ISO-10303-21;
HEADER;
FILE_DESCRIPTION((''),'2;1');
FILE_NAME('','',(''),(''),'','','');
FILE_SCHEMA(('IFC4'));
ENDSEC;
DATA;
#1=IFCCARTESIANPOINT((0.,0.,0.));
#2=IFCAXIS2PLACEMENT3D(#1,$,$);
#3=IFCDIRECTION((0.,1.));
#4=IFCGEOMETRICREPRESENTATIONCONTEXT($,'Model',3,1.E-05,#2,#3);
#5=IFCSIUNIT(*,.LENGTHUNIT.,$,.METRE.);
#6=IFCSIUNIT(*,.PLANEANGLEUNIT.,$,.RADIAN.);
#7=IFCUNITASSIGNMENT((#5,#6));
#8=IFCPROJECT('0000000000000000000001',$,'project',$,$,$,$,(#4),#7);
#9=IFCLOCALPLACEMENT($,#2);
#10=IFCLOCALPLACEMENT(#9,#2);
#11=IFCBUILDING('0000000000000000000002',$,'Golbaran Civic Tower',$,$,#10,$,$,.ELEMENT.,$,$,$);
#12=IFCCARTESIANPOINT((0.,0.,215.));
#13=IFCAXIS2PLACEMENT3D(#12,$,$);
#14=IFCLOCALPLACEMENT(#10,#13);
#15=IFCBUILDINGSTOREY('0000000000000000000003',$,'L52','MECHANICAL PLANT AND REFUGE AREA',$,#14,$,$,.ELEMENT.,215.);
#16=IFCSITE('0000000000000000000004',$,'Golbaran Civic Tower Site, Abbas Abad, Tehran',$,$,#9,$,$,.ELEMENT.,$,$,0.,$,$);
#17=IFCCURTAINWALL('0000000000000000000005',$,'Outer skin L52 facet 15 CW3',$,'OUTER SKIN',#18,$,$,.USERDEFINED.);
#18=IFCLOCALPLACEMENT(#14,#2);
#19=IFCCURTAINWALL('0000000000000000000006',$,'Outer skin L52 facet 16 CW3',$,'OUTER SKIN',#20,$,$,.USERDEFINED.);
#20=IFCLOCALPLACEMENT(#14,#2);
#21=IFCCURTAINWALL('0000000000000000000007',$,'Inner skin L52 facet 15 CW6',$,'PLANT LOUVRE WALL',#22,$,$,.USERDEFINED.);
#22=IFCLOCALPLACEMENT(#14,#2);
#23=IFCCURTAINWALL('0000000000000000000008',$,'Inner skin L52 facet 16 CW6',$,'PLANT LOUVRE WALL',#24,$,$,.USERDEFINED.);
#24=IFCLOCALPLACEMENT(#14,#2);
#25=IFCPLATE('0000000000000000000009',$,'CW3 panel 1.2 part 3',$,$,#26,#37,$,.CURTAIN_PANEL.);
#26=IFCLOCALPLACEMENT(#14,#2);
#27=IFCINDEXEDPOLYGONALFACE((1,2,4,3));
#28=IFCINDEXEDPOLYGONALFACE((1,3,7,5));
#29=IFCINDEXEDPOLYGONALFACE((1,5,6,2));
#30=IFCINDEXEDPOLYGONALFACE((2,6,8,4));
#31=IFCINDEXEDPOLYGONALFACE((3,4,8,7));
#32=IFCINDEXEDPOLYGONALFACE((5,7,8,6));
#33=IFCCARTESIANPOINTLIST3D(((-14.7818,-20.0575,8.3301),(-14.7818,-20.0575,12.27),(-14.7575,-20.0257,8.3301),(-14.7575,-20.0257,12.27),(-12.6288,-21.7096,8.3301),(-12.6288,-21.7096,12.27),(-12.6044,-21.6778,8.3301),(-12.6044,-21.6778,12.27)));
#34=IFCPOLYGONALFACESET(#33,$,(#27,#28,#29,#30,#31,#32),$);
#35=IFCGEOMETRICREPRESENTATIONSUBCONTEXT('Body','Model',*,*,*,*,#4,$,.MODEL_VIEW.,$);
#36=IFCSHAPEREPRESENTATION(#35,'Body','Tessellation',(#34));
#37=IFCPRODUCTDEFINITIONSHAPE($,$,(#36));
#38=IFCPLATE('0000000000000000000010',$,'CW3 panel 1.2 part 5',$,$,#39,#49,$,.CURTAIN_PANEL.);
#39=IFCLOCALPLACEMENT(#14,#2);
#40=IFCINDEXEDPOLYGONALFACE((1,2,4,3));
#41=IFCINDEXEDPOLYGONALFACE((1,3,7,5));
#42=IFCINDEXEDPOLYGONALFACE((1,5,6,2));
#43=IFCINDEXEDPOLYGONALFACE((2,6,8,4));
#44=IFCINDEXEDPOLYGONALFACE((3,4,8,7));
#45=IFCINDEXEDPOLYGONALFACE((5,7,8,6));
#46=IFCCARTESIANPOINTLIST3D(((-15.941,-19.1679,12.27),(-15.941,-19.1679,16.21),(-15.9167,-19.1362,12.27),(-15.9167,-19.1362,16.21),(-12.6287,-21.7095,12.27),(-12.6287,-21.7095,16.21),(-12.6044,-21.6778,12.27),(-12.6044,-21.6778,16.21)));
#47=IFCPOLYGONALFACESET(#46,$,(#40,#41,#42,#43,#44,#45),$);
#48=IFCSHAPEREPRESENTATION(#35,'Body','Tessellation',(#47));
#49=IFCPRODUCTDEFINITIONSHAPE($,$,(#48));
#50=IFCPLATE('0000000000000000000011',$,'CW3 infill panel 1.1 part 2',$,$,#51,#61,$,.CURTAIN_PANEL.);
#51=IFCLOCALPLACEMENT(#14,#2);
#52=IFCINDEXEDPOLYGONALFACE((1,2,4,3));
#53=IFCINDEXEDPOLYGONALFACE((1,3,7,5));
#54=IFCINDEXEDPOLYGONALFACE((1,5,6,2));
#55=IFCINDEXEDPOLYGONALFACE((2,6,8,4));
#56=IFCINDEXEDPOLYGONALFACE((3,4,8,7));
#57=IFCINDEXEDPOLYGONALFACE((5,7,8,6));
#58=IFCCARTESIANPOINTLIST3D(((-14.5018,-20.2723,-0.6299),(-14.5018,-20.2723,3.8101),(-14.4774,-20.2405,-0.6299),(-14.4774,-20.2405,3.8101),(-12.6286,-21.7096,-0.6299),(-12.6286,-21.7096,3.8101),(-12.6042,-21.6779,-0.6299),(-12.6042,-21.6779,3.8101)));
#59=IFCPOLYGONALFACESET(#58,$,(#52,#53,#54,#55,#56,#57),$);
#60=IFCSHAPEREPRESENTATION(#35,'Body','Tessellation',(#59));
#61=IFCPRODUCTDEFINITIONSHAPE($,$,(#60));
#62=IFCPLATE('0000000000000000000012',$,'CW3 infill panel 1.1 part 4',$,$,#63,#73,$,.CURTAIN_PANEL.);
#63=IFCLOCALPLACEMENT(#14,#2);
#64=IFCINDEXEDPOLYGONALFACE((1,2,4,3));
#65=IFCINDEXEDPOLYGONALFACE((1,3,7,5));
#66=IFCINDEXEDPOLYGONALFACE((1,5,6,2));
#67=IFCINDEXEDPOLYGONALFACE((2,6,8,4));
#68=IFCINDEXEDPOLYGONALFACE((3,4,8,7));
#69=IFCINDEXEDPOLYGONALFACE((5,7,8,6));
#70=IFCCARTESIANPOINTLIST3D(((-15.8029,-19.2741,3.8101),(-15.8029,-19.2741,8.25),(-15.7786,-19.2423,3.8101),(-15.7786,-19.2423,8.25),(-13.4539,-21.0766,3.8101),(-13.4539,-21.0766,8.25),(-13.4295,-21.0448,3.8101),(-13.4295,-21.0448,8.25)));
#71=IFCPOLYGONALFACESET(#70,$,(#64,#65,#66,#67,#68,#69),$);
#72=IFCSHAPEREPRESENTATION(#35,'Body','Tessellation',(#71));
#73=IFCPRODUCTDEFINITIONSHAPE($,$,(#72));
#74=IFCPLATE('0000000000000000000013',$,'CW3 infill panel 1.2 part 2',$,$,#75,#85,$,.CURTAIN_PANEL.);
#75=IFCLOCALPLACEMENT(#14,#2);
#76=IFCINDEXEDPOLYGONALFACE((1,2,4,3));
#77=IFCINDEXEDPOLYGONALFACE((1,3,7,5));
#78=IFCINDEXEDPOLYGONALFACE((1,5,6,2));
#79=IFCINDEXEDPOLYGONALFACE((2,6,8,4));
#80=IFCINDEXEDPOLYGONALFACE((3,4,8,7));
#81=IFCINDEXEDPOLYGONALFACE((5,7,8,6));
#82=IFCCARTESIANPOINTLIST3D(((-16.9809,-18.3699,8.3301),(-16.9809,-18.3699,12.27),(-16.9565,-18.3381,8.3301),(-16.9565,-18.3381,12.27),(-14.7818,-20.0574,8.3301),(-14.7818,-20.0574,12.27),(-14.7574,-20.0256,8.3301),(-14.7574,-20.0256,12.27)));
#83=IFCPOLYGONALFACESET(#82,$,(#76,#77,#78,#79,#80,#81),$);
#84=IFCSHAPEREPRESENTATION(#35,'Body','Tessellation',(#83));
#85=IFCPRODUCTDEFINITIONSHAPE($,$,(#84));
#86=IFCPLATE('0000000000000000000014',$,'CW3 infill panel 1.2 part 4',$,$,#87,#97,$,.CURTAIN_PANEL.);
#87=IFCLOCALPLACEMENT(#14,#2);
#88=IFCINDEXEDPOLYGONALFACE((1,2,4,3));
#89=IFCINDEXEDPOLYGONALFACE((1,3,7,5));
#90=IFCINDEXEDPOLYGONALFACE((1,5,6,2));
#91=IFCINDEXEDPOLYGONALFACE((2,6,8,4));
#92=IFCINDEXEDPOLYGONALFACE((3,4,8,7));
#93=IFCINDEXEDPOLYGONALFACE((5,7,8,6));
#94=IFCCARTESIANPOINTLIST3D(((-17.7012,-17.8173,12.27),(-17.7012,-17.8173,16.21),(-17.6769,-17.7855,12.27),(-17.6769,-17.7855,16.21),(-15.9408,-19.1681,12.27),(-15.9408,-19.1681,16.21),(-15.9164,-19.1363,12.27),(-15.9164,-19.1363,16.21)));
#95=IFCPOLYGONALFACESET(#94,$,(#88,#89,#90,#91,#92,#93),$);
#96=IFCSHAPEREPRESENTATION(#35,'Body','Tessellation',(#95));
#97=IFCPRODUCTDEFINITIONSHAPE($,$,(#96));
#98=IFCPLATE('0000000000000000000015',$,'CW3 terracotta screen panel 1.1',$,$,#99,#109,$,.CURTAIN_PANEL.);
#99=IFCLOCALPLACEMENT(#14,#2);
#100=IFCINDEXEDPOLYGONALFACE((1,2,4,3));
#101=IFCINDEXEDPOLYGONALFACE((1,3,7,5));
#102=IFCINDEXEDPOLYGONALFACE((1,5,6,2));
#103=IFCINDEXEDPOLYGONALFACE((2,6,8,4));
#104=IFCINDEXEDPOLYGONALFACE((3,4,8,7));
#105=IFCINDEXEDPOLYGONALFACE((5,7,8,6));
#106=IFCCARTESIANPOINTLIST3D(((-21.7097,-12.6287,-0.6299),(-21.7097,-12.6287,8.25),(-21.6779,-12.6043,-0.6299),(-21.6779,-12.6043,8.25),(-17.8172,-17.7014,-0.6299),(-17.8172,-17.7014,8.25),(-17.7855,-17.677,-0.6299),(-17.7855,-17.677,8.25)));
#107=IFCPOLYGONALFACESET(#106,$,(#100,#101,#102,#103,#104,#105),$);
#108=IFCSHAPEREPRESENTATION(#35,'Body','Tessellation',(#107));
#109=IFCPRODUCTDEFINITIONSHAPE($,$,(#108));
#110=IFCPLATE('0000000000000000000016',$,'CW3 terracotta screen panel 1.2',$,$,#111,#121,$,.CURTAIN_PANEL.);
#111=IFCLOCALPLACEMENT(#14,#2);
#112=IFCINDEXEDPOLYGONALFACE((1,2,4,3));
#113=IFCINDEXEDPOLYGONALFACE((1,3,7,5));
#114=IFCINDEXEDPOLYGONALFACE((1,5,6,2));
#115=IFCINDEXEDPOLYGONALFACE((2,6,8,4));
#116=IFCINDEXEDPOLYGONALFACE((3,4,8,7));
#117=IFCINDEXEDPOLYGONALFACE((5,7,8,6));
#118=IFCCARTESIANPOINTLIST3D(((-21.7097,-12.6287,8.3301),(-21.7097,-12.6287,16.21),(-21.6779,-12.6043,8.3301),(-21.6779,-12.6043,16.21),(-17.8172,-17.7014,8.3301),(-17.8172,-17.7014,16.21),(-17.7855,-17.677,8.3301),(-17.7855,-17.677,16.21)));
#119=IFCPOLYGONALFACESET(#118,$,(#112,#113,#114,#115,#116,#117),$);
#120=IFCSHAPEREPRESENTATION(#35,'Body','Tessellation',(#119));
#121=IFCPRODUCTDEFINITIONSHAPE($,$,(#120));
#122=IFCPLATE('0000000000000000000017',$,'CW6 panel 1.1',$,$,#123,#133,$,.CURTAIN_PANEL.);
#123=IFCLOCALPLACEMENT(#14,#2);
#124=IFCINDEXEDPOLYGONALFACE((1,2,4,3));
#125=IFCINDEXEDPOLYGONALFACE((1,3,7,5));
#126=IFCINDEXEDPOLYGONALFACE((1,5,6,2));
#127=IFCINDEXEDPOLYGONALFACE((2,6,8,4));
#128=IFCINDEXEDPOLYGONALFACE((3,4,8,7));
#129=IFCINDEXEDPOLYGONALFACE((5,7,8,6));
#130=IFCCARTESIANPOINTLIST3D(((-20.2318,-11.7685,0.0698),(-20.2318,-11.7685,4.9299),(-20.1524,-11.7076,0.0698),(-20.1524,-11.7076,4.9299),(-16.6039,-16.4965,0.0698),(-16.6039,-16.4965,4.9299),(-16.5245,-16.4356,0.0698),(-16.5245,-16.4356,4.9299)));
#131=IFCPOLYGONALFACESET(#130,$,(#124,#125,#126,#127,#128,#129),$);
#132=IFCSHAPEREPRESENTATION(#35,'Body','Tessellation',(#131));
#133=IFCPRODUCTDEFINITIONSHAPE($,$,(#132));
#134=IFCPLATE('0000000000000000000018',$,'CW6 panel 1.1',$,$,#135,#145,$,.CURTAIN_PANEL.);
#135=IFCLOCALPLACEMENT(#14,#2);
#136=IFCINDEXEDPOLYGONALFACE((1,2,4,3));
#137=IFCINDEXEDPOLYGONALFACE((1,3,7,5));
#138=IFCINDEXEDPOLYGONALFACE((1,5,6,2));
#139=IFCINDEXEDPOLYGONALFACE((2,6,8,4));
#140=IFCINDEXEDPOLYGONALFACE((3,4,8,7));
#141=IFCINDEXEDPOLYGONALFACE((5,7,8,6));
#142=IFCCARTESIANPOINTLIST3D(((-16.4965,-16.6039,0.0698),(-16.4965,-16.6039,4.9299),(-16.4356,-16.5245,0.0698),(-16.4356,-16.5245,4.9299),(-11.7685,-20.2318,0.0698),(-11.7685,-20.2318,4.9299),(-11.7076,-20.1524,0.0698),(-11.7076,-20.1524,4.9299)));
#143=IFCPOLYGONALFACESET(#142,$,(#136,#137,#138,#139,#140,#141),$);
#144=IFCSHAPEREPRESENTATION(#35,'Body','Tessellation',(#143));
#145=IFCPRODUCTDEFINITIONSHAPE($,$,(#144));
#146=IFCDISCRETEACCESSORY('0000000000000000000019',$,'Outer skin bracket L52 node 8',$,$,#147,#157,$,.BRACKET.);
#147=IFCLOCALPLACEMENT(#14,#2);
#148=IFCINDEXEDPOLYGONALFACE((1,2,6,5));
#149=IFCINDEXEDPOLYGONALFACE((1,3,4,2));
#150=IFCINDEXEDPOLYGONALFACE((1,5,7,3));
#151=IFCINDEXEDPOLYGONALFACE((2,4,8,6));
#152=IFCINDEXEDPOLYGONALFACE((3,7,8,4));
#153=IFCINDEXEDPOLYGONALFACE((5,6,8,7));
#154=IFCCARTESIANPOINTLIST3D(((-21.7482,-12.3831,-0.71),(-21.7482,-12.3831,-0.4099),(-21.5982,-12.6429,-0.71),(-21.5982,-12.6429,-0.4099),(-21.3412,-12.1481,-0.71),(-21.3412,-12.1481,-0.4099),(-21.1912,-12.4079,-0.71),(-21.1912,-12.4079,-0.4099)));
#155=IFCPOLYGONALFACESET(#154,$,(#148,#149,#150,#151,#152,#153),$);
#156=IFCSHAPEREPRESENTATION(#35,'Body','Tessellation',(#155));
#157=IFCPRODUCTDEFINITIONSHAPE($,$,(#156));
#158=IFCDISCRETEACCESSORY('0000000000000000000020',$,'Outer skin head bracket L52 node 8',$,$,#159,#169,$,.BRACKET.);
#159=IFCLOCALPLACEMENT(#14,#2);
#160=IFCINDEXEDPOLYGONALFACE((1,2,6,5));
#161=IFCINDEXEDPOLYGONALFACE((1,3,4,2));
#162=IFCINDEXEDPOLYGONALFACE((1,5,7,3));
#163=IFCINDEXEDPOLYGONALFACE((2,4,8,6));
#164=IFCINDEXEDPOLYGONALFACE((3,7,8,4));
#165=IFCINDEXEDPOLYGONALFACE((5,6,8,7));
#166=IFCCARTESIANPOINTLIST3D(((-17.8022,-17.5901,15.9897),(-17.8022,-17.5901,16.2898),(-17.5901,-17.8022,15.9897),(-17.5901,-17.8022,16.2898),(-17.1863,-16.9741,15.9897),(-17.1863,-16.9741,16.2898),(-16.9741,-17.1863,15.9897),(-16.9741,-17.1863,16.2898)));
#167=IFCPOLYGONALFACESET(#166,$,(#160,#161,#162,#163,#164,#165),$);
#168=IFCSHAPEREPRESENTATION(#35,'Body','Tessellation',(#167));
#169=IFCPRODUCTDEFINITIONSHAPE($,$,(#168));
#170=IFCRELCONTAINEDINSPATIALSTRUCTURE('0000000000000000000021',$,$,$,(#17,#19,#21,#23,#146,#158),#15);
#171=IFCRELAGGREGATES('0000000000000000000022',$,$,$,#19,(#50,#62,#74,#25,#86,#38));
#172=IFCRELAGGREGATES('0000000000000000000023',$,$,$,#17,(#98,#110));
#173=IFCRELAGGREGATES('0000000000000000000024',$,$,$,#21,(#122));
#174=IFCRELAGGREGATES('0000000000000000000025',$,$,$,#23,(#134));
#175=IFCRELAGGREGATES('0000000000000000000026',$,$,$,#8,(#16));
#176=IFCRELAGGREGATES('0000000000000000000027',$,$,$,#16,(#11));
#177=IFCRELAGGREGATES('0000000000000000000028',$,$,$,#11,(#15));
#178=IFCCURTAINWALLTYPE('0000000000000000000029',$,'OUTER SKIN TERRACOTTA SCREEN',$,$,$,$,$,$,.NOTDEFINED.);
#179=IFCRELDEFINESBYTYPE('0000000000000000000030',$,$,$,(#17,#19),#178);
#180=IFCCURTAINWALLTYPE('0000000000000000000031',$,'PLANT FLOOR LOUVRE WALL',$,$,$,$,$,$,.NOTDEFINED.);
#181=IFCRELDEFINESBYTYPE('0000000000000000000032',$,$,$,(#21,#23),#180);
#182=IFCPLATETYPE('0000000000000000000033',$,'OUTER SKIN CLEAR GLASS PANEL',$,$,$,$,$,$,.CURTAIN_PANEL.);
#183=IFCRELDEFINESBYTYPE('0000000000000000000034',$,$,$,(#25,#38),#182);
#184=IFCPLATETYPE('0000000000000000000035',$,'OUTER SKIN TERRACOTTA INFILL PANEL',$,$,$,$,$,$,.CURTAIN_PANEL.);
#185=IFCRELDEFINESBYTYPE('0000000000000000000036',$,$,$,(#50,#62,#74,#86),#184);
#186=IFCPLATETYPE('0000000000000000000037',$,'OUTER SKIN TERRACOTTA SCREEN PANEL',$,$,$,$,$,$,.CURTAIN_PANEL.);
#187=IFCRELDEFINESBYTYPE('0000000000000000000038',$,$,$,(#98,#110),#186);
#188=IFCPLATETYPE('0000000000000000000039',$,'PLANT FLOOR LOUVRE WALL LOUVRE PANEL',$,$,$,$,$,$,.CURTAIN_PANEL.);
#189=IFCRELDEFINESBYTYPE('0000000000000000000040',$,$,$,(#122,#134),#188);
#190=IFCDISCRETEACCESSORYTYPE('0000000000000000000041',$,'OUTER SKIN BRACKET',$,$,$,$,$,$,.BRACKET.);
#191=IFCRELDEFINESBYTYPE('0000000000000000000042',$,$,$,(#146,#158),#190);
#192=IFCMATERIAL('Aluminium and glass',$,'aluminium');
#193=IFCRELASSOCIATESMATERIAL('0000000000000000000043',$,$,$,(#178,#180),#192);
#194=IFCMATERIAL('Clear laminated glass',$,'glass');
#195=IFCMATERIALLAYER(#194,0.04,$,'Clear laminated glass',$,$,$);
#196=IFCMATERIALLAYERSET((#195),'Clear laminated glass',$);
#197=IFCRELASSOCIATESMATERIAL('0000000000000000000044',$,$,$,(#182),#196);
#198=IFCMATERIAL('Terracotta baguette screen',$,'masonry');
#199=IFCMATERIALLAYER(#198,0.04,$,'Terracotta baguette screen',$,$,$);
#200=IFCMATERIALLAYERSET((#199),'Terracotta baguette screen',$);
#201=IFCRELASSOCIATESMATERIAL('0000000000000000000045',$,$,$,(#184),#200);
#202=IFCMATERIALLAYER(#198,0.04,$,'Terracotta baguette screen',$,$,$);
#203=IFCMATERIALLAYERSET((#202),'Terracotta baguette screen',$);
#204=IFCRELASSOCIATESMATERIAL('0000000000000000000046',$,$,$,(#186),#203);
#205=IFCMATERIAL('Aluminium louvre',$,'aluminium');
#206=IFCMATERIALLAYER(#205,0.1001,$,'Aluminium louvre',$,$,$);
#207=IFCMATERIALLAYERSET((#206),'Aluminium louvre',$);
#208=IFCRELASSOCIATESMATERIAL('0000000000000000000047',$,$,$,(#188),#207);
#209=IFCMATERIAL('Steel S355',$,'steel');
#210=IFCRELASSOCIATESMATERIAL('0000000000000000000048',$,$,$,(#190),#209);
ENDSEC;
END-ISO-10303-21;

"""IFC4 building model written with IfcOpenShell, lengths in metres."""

from ifc_helpers import new_model, si_unit, direction, frame, origin, origin_2d, place, context, subcontext, project, spatial, rectangle, extrude, material, layer, layer_set, type_object, element, aggregate, save


model = new_model("IFC4")

# Units and contexts
model_context = context("Model", 3, precision=1e-05, world=origin(), true_north=direction((0.0, 1.0)))
body_context = subcontext(model_context, "Body", "Model", "MODEL_VIEW")
ifc_project = project(units=[si_unit("LENGTHUNIT", "METRE"), si_unit("PLANEANGLEUNIT", "RADIAN")], contexts=[model_context])

# Site, building, storey
site_placement = place(None, origin())
site = spatial("IfcSite", under=ifc_project, at=site_placement, Name="Golbaran Civic Tower Site, Abbas Abad, Tehran", CompositionType="ELEMENT", RefElevation=0.0)
building_placement = place(site_placement, origin())
building = spatial("IfcBuilding", under=site, at=building_placement, Name="Golbaran Civic Tower", CompositionType="ELEMENT")
storey_placement = place(building_placement, frame((0.0, 0.0, 215.0)))
storey = spatial("IfcBuildingStorey", under=building, at=storey_placement, Name="L52", Description="MECHANICAL PLANT AND REFUGE AREA", CompositionType="ELEMENT", Elevation=215.0)

# Shared definitions
ifc_material_1 = material(Name="Steel S355", Category="steel")

# Shared definitions
ifc_material_2 = material(Name="Aluminium and glass", Category="aluminium")
curtain_wall_type_1 = type_object("IfcCurtainWallType", Name="OUTER SKIN TERRACOTTA SCREEN", PredefinedType="NOTDEFINED", material=ifc_material_2)

# Curtain wall
curtain_wall_1_placement = place(storey_placement, origin())
curtain_wall_1 = element("IfcCurtainWall", 1, at=curtain_wall_1_placement, inside=storey, type_object=curtain_wall_type_1, Name="Outer skin L52 facet 15 CW3", ObjectType="OUTER SKIN", PredefinedType="USERDEFINED")

# Curtain wall
curtain_wall_2_placement = place(storey_placement, origin())
curtain_wall_2 = element("IfcCurtainWall", 2, at=curtain_wall_2_placement, inside=storey, type_object=curtain_wall_type_1, Name="Outer skin L52 facet 16 CW3", ObjectType="OUTER SKIN", PredefinedType="USERDEFINED")

# Shared definitions
curtain_wall_type_2 = type_object("IfcCurtainWallType", Name="PLANT FLOOR LOUVRE WALL", PredefinedType="NOTDEFINED", material=ifc_material_2)

# Curtain wall
curtain_wall_3_placement = place(storey_placement, origin())
curtain_wall_3 = element("IfcCurtainWall", 3, at=curtain_wall_3_placement, inside=storey, type_object=curtain_wall_type_2, Name="Inner skin L52 facet 15 CW6", ObjectType="PLANT LOUVRE WALL", PredefinedType="USERDEFINED")

# Curtain wall
curtain_wall_4_placement = place(storey_placement, origin())
curtain_wall_4 = element("IfcCurtainWall", 4, at=curtain_wall_4_placement, inside=storey, type_object=curtain_wall_type_2, Name="Inner skin L52 facet 16 CW6", ObjectType="PLANT LOUVRE WALL", PredefinedType="USERDEFINED")

# Plates
ifc_material_3 = material(Name="Clear laminated glass", Category="glass")
ifc_layer_1 = layer(ifc_material_3, 0.04, Name="Clear laminated glass")
ifc_layer_set_1 = layer_set([ifc_layer_1], Name="Clear laminated glass")
plate_type_1 = type_object("IfcPlateType", Name="OUTER SKIN CLEAR GLASS PANEL", PredefinedType="CURTAIN_PANEL", material=ifc_layer_set_1)
plate_1_placement = place(storey_placement, frame((-13.6931, -20.8677, 8.3301), z_axis=(0.0, 0.0, 1.0), x_axis=(0.793353, -0.608761, 0.0)))
plate_1 = element("IfcPlate", 5, at=plate_1_placement, type_object=plate_type_1, Name="CW3 panel 1.2 part 3", PredefinedType="CURTAIN_PANEL", context=body_context, shape_type="SweptSolid", body=[
    extrude(rectangle(XDim=2.7139, YDim=0.04, at=origin_2d()), origin(), (0.0, 0.0, 1.0), 3.9399),
])
plate_2_placement = place(storey_placement, frame((-14.2727, -20.4229, 12.27), z_axis=(0.0, 0.0, 1.0), x_axis=(0.793353, -0.608761, 0.0)))
plate_2 = element("IfcPlate", 6, at=plate_2_placement, type_object=plate_type_1, Name="CW3 panel 1.2 part 5", PredefinedType="CURTAIN_PANEL", context=body_context, shape_type="SweptSolid", body=[
    extrude(rectangle(XDim=4.175, YDim=0.04, at=origin_2d()), origin(), (0.0, 0.0, 1.0), 3.9399),
])
ifc_material_4 = material(Name="Terracotta baguette screen", Category="masonry")
ifc_layer_2 = layer(ifc_material_4, 0.04, Name="Terracotta baguette screen")
ifc_layer_set_2 = layer_set([ifc_layer_2], Name="Terracotta baguette screen")
plate_type_2 = type_object("IfcPlateType", Name="OUTER SKIN TERRACOTTA INFILL PANEL", PredefinedType="CURTAIN_PANEL", material=ifc_layer_set_2)
plate_3_placement = place(storey_placement, frame((-13.553, -20.9751, -0.6299), z_axis=(0.0, 0.0, 1.0), x_axis=(0.793353, -0.608761, 0.0)))
plate_3 = element("IfcPlate", 7, at=plate_3_placement, type_object=plate_type_2, Name="CW3 infill panel 1.1 part 2", PredefinedType="CURTAIN_PANEL", context=body_context, shape_type="SweptSolid", body=[
    extrude(rectangle(XDim=2.3611, YDim=0.04, at=origin_2d()), origin(), (0.0, 0.0, 1.0), 4.4399),
])
plate_4_placement = place(storey_placement, frame((-14.6162, -20.1594, 3.8101), z_axis=(0.0, 0.0, 1.0), x_axis=(0.793353, -0.608761, 0.0)))
plate_4 = element("IfcPlate", 8, at=plate_4_placement, type_object=plate_type_2, Name="CW3 infill panel 1.1 part 4", PredefinedType="CURTAIN_PANEL", context=body_context, shape_type="SweptSolid", body=[
    extrude(rectangle(XDim=2.9609, YDim=0.04, at=origin_2d()), origin(), (0.0, 0.0, 1.0), 4.4399),
])
plate_5_placement = place(storey_placement, frame((-15.8691, -19.1978, 8.3301), z_axis=(0.0, 0.0, 1.0), x_axis=(0.793353, -0.608761, 0.0)))
plate_5 = element("IfcPlate", 9, at=plate_5_placement, type_object=plate_type_2, Name="CW3 infill panel 1.2 part 2", PredefinedType="CURTAIN_PANEL", context=body_context, shape_type="SweptSolid", body=[
    extrude(rectangle(XDim=2.772, YDim=0.04, at=origin_2d()), origin(), (0.0, 0.0, 1.0), 3.9399),
])
plate_6_placement = place(storey_placement, frame((-16.8088, -18.4768, 12.27), z_axis=(0.0, 0.0, 1.0), x_axis=(0.793353, -0.608761, 0.0)))
plate_6 = element("IfcPlate", 10, at=plate_6_placement, type_object=plate_type_2, Name="CW3 infill panel 1.2 part 4", PredefinedType="CURTAIN_PANEL", context=body_context, shape_type="SweptSolid", body=[
    extrude(rectangle(XDim=2.219, YDim=0.04, at=origin_2d()), origin(), (0.0, 0.0, 1.0), 3.9399),
])
aggregate(curtain_wall_2, [plate_3, plate_4, plate_5, plate_1, plate_6, plate_2])
ifc_layer_3 = layer(ifc_material_4, 0.04, Name="Terracotta baguette screen")
ifc_layer_set_3 = layer_set([ifc_layer_3], Name="Terracotta baguette screen")
plate_type_3 = type_object("IfcPlateType", Name="OUTER SKIN TERRACOTTA SCREEN PANEL", PredefinedType="CURTAIN_PANEL", material=ifc_layer_set_3)
plate_7_placement = place(storey_placement, frame((-19.7476, -15.1528, -0.6299), z_axis=(0.0, 0.0, 1.0), x_axis=(0.608761, -0.793353, 0.0)))
plate_7 = element("IfcPlate", 11, at=plate_7_placement, type_object=plate_type_3, Name="CW3 terracotta screen panel 1.1", PredefinedType="CURTAIN_PANEL", context=body_context, shape_type="SweptSolid", body=[
    extrude(rectangle(XDim=6.394, YDim=0.04, at=origin_2d()), origin(), (0.0, 0.0, 1.0), 8.8799),
])
plate_8_placement = place(storey_placement, frame((-19.7476, -15.1528, 8.3301), z_axis=(0.0, 0.0, 1.0), x_axis=(0.608761, -0.793353, 0.0)))
plate_8 = element("IfcPlate", 12, at=plate_8_placement, type_object=plate_type_3, Name="CW3 terracotta screen panel 1.2", PredefinedType="CURTAIN_PANEL", context=body_context, shape_type="SweptSolid", body=[
    extrude(rectangle(XDim=6.394, YDim=0.04, at=origin_2d()), origin(), (0.0, 0.0, 1.0), 7.8799),
])
aggregate(curtain_wall_1, [plate_7, plate_8])
ifc_material_5 = material(Name="Aluminium louvre", Category="aluminium")
ifc_layer_4 = layer(ifc_material_5, 0.1001, Name="Aluminium louvre")
ifc_layer_set_4 = layer_set([ifc_layer_4], Name="Aluminium louvre")
plate_type_4 = type_object("IfcPlateType", Name="PLANT FLOOR LOUVRE WALL LOUVRE PANEL", PredefinedType="CURTAIN_PANEL", material=ifc_layer_set_4)
plate_9_placement = place(storey_placement, frame((-18.3782, -14.1021, 0.0698), z_axis=(0.0, 0.0, 1.0), x_axis=(0.608761, -0.793353, 0.0)))
plate_9 = element("IfcPlate", 13, at=plate_9_placement, type_object=plate_type_4, Name="CW6 panel 1.1", PredefinedType="CURTAIN_PANEL", context=body_context, shape_type="SweptSolid", body=[
    extrude(rectangle(XDim=5.9595, YDim=0.1001, at=origin_2d()), origin(), (0.0, 0.0, 1.0), 4.8601),
])
aggregate(curtain_wall_3, [plate_9])
plate_10_placement = place(storey_placement, frame((-14.1021, -18.3782, 0.0698), z_axis=(0.0, 0.0, 1.0), x_axis=(0.793353, -0.608761, 0.0)))
plate_10 = element("IfcPlate", 14, at=plate_10_placement, type_object=plate_type_4, Name="CW6 panel 1.1", PredefinedType="CURTAIN_PANEL", context=body_context, shape_type="SweptSolid", body=[
    extrude(rectangle(XDim=5.9595, YDim=0.1001, at=origin_2d()), origin(), (0.0, 0.0, 1.0), 4.8601),
])
aggregate(curtain_wall_4, [plate_10])

# Discrete accessories
discrete_accessory_type = type_object("IfcDiscreteAccessoryType", Name="OUTER SKIN BRACKET", PredefinedType="BRACKET", material=ifc_material_1)
discrete_accessory_1_placement = place(storey_placement, frame((-21.4697, -12.3955, -0.71), z_axis=(0.0, 0.0, 1.0), x_axis=(-0.866025, -0.5, 0.0)))
element("IfcDiscreteAccessory", 15, at=discrete_accessory_1_placement, inside=storey, type_object=discrete_accessory_type, Name="Outer skin bracket L52 node 8", PredefinedType="BRACKET", context=body_context, shape_type="SweptSolid", body=[
    extrude(rectangle(XDim=0.47, YDim=0.3, at=origin_2d()), origin(), (0.0, 0.0, 1.0), 0.3),
])
discrete_accessory_2_placement = place(storey_placement, frame((-17.3882, -17.3882, 15.9897), z_axis=(0.0, 0.0, 1.0), x_axis=(-0.707107, -0.707107, 0.0)))
element("IfcDiscreteAccessory", 16, at=discrete_accessory_2_placement, inside=storey, type_object=discrete_accessory_type, Name="Outer skin head bracket L52 node 8", PredefinedType="BRACKET", context=body_context, shape_type="SweptSolid", body=[
    extrude(rectangle(XDim=0.8711, YDim=0.3, at=origin_2d()), origin(), (0.0, 0.0, 1.0), 0.3),
])

save(model, "model.ifc")
